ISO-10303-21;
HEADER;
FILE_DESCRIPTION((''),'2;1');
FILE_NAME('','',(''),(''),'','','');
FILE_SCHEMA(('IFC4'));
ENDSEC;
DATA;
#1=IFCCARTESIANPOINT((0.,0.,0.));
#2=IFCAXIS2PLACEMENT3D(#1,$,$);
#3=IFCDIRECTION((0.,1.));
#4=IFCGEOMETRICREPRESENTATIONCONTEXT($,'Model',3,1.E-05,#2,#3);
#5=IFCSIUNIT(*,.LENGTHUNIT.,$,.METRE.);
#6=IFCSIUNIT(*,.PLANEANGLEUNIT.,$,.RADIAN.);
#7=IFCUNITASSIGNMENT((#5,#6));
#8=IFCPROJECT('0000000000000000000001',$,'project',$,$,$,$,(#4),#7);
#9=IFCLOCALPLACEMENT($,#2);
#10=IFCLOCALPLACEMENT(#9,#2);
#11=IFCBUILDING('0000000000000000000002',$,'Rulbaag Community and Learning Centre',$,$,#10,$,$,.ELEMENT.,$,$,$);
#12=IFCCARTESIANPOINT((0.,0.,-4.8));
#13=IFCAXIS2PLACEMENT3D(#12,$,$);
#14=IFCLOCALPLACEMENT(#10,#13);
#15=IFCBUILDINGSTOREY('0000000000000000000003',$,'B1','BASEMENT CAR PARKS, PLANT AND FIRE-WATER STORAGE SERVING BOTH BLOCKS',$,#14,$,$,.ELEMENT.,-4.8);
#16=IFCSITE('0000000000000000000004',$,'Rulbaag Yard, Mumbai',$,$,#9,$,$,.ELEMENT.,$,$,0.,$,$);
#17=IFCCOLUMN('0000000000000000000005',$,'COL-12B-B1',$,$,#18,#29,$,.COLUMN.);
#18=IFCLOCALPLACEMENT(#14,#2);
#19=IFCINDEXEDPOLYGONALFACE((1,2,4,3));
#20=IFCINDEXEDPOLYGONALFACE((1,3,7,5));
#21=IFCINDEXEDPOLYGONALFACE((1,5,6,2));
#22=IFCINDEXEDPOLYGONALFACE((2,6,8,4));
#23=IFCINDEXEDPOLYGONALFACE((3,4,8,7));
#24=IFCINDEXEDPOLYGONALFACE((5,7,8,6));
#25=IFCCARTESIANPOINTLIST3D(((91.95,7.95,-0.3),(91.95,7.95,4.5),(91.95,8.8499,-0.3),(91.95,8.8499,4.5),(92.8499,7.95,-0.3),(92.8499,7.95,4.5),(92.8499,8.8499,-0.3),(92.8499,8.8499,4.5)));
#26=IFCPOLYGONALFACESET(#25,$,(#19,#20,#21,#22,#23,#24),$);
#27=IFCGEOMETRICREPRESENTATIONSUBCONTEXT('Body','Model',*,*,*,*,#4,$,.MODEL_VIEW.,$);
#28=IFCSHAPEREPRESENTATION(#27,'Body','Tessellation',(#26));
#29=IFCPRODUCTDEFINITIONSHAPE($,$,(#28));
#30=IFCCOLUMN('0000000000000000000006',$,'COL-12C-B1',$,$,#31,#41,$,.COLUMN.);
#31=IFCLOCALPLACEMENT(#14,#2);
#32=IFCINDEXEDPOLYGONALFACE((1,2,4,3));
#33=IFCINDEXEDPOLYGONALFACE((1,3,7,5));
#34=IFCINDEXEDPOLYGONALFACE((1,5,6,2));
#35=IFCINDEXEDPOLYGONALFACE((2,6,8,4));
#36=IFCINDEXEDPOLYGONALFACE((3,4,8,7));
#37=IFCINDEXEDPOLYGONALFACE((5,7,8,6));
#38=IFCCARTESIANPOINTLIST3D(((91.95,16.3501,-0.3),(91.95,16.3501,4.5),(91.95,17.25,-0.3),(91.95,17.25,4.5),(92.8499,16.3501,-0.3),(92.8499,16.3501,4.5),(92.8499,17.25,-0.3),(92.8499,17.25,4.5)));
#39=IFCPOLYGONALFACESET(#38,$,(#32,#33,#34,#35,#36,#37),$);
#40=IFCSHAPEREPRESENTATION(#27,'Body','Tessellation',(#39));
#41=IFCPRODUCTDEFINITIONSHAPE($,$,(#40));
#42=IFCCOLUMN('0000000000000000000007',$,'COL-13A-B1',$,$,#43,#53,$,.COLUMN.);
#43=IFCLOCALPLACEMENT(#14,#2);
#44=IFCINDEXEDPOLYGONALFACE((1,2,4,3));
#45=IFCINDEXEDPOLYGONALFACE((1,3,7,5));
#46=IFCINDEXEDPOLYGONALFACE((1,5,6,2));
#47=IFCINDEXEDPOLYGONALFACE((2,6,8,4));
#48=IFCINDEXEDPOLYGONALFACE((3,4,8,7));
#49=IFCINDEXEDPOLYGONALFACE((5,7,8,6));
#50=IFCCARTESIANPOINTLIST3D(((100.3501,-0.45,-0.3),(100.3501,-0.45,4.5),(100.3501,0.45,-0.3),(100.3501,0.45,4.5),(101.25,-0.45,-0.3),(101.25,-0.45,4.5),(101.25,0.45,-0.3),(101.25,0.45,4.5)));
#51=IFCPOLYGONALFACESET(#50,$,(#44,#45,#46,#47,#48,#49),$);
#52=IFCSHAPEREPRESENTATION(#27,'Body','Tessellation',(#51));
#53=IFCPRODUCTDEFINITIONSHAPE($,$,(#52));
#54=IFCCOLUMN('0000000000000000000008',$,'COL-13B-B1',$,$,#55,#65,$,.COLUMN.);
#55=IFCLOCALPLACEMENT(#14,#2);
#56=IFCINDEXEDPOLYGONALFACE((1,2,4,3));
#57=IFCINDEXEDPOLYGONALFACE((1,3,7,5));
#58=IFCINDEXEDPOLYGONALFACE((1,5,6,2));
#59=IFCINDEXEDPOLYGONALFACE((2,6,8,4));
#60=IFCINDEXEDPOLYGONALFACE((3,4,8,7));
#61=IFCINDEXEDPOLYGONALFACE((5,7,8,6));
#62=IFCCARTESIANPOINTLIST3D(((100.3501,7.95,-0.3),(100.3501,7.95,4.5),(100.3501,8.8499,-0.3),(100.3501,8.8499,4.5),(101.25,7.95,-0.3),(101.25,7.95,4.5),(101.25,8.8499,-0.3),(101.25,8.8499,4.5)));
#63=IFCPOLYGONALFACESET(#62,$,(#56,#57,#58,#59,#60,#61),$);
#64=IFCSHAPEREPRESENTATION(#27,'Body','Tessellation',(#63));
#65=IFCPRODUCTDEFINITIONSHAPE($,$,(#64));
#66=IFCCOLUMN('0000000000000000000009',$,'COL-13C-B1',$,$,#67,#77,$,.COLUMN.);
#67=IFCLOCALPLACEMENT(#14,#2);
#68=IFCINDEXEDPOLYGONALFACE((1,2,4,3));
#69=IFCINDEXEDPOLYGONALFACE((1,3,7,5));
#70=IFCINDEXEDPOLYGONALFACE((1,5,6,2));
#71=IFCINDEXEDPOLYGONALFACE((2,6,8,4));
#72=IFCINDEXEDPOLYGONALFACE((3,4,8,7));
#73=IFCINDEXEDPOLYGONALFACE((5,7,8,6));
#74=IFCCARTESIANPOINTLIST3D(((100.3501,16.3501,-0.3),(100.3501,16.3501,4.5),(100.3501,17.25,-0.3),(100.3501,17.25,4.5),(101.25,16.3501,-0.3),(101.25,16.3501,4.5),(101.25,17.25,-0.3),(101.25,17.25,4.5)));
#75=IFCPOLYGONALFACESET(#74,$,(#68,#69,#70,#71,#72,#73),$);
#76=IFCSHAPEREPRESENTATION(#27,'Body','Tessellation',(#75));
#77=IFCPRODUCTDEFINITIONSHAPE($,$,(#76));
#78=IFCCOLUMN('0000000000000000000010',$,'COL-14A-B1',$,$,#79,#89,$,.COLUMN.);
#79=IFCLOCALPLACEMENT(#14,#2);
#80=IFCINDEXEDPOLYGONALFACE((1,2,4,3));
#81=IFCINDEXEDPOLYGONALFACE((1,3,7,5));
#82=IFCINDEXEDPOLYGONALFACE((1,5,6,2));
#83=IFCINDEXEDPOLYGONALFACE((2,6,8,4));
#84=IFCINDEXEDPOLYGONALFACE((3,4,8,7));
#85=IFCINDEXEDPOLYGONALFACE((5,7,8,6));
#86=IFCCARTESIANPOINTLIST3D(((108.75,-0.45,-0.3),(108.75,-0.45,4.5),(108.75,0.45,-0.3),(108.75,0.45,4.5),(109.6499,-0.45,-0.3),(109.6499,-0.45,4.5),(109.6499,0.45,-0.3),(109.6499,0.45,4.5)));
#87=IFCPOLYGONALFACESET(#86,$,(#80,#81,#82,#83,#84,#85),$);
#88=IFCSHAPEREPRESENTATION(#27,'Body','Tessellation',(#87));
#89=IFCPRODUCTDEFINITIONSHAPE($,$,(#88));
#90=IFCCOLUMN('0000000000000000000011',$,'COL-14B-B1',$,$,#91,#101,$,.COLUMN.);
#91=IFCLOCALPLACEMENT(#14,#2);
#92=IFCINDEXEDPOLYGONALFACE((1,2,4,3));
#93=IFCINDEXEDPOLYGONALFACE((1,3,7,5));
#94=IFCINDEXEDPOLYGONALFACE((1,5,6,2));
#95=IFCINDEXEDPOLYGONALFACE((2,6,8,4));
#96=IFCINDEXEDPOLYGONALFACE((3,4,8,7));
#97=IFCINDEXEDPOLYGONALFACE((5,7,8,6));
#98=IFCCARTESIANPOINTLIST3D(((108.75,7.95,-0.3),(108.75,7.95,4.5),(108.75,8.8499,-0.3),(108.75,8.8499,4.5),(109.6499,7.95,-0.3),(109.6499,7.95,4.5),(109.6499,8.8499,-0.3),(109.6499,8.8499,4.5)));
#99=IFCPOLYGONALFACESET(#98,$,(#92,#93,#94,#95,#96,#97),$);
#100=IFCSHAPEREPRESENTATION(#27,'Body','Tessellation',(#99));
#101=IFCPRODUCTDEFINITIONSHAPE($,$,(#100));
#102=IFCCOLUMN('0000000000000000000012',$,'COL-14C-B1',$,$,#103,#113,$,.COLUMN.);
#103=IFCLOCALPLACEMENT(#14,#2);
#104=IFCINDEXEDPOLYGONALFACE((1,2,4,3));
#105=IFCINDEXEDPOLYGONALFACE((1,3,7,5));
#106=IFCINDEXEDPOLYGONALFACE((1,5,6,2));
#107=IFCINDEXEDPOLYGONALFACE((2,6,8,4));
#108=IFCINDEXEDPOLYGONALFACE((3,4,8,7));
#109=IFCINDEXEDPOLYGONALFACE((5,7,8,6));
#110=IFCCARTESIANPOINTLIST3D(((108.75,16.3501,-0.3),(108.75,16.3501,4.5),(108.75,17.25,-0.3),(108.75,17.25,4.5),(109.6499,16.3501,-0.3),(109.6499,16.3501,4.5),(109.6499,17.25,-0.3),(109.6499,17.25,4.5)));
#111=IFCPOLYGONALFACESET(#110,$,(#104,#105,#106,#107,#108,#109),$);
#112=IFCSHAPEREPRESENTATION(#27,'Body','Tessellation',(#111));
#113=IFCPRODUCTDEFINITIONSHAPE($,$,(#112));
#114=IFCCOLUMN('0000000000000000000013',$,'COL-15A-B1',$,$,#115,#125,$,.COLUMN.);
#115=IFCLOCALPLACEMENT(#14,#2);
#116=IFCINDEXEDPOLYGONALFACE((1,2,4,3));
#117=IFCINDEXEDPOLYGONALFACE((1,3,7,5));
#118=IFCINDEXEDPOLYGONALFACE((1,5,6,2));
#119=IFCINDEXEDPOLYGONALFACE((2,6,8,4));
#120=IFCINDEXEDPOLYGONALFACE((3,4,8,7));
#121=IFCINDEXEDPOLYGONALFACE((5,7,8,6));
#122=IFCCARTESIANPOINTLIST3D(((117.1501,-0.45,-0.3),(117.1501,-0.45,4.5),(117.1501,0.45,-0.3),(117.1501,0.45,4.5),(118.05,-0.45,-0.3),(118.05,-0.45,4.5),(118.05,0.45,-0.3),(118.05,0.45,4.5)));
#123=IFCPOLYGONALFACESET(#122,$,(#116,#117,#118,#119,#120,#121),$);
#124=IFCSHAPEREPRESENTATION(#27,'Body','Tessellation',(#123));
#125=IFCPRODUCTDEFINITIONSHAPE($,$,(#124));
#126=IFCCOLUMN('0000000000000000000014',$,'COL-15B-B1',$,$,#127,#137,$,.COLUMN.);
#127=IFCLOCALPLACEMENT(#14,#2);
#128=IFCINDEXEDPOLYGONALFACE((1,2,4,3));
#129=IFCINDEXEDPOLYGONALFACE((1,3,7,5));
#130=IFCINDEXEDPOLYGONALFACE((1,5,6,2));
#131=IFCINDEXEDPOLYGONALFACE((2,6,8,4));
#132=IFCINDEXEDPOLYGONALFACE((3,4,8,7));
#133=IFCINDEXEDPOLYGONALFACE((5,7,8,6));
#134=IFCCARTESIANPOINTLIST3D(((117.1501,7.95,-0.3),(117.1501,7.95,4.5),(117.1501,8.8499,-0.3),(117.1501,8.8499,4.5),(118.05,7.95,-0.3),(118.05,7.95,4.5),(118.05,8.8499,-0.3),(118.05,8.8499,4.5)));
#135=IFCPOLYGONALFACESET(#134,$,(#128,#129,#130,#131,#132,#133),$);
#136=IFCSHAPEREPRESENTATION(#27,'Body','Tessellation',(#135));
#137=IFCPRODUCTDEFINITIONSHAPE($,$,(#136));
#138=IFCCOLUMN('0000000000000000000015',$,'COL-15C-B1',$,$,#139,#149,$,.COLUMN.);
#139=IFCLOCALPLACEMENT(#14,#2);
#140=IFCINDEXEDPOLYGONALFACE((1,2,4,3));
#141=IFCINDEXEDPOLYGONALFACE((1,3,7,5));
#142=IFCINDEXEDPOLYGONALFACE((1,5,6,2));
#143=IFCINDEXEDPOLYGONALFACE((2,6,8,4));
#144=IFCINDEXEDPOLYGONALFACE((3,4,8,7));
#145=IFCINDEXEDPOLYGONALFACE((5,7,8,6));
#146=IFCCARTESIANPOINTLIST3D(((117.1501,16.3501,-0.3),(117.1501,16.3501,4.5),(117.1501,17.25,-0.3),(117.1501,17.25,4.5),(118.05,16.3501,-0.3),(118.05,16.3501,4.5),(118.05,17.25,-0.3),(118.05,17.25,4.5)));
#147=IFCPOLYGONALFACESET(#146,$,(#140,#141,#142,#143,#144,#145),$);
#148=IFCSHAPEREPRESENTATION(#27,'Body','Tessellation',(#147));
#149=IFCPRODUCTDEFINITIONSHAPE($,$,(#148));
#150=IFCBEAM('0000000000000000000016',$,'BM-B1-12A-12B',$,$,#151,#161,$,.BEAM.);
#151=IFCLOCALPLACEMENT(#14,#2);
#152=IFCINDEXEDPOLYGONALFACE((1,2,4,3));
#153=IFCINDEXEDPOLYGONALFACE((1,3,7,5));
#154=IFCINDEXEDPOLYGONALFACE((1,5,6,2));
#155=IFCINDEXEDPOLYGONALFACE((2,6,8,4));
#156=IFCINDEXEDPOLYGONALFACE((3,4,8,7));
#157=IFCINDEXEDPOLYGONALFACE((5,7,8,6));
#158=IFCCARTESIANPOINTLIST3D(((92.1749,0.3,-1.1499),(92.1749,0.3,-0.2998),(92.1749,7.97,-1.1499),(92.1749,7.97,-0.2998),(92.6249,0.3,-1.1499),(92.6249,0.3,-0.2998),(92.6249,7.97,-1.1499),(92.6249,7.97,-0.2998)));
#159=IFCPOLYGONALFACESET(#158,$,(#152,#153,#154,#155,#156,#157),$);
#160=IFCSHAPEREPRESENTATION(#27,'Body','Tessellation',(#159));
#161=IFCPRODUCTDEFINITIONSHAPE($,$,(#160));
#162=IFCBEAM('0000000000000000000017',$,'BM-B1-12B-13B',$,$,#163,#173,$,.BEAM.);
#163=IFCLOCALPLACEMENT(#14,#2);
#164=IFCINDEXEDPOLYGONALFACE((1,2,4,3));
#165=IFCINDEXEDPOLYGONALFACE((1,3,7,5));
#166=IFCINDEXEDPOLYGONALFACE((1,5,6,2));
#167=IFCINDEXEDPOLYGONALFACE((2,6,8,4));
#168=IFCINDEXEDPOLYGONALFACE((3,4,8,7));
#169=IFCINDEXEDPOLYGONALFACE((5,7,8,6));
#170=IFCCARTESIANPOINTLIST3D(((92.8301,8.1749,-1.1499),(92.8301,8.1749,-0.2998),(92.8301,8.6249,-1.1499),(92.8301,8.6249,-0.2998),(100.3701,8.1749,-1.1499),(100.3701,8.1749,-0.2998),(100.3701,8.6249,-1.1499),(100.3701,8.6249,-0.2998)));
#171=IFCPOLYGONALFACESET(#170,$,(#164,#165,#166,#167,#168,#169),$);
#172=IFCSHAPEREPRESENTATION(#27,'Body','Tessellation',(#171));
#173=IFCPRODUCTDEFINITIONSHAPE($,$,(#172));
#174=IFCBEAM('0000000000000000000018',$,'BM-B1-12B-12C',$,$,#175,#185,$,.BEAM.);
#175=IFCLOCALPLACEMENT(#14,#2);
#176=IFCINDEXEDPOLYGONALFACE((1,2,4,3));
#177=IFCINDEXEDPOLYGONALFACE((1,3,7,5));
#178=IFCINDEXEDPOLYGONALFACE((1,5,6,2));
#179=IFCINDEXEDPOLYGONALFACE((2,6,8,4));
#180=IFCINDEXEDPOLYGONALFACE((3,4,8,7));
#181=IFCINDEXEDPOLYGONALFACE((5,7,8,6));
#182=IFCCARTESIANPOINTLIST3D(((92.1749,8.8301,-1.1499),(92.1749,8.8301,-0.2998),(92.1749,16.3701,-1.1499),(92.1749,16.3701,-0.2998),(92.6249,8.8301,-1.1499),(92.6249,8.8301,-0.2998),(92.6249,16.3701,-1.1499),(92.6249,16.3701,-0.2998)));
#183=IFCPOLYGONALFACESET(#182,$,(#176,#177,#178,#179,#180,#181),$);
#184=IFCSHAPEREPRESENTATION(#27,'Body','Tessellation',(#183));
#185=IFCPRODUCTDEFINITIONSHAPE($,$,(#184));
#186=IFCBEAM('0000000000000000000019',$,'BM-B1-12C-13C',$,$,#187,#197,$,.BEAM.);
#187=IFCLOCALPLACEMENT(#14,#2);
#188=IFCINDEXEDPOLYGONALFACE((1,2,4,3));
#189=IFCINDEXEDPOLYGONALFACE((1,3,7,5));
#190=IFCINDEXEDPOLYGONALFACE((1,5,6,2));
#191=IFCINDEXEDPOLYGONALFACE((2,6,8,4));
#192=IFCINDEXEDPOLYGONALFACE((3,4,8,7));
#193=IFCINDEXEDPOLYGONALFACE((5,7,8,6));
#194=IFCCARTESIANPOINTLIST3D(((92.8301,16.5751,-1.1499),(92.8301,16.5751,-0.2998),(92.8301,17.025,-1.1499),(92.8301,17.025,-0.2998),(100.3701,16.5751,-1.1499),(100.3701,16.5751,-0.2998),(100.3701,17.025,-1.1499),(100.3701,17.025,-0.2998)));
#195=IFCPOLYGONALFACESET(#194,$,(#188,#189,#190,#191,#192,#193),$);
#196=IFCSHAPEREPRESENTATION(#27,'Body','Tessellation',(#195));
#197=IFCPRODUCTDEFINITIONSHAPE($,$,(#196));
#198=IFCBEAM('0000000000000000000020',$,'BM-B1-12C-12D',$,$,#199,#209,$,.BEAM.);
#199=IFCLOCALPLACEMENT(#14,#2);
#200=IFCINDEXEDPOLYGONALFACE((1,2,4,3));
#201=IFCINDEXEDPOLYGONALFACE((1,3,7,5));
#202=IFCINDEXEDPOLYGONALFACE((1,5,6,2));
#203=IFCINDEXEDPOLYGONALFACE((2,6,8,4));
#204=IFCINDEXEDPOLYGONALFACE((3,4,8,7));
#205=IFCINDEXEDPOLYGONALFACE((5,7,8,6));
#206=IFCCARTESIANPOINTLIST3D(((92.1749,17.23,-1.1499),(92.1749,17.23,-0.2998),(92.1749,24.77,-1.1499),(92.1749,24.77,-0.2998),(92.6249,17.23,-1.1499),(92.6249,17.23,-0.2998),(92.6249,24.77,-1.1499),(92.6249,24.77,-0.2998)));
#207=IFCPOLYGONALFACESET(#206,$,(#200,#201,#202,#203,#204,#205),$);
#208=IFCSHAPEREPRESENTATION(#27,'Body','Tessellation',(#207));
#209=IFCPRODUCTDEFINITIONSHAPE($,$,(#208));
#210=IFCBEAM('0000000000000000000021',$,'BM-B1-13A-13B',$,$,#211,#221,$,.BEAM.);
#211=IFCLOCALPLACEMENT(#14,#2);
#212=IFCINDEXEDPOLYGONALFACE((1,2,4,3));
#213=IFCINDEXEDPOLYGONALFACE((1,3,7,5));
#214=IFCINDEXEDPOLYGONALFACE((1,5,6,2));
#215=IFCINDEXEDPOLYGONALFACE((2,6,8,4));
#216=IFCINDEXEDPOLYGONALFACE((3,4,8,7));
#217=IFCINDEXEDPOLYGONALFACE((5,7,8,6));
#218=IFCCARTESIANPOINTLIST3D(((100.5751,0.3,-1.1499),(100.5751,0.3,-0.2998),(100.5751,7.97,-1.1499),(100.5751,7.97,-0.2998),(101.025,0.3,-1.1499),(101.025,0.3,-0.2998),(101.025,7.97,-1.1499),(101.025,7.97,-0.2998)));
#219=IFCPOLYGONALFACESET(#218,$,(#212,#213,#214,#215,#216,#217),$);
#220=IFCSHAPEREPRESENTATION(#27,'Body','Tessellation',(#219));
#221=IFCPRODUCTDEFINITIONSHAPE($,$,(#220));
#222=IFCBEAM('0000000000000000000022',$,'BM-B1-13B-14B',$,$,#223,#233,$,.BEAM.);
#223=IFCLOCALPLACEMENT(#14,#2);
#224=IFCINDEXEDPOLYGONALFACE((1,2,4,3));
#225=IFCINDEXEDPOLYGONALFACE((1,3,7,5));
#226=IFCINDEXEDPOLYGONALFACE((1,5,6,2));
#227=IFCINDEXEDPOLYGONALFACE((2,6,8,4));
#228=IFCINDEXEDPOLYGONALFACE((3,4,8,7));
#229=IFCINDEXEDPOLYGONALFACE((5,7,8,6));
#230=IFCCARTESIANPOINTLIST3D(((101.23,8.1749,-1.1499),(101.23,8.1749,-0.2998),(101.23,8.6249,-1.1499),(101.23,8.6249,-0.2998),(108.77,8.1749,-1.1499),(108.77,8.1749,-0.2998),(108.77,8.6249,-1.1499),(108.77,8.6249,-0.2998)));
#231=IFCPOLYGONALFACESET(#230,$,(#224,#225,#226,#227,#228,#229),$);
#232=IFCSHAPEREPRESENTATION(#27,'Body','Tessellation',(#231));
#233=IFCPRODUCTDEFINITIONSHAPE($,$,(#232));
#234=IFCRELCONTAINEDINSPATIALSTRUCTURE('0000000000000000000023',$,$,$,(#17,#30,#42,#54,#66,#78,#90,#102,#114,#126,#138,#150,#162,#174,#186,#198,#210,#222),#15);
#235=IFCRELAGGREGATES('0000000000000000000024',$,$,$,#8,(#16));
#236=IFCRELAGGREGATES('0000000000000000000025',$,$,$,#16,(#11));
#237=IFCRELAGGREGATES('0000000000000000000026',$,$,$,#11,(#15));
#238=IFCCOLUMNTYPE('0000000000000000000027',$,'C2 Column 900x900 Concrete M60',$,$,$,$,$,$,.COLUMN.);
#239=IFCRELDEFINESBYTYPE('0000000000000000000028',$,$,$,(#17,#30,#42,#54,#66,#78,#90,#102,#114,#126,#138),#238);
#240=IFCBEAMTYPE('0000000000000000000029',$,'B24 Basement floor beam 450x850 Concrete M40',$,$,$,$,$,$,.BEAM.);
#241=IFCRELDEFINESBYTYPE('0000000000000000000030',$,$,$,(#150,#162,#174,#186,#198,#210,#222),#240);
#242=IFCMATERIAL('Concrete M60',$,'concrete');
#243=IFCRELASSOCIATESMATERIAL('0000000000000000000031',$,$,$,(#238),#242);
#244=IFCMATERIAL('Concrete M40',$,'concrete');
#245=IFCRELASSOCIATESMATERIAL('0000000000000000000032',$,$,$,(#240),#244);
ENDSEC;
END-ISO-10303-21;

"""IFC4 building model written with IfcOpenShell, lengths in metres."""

from ifc_helpers import new_model, si_unit, direction, frame, origin, origin_2d, place, context, subcontext, project, spatial, rectangle, extrude, material, material_profile, profile_set, type_object, element, save


model = new_model("IFC4")

# Units and contexts
model_context = context("Model", 3, precision=1e-05, world=origin(), true_north=direction((0.0, 1.0)))
body_context = subcontext(model_context, "Body", "Model", "MODEL_VIEW")
ifc_project = project(units=[si_unit("LENGTHUNIT", "METRE"), si_unit("PLANEANGLEUNIT", "RADIAN")], contexts=[model_context])

# Site, building, storey
site_placement = place(None, origin())
site = spatial("IfcSite", under=ifc_project, at=site_placement, Name="Rulbaag Yard, Mumbai", CompositionType="ELEMENT", RefElevation=0.0)
building_placement = place(site_placement, origin())
building = spatial("IfcBuilding", under=site, at=building_placement, Name="Rulbaag Community and Learning Centre", CompositionType="ELEMENT")
storey_placement = place(building_placement, frame((0.0, 0.0, -4.8)))
storey = spatial("IfcBuildingStorey", under=building, at=storey_placement, Name="B1", Description="BASEMENT CAR PARKS, PLANT AND FIRE-WATER STORAGE SERVING BOTH BLOCKS", CompositionType="ELEMENT", Elevation=-4.8)

# Columns
ifc_material_1 = material(Name="Concrete M60", Category="concrete")
ifc_material_profile_1 = material_profile(ifc_material_1, rectangle(XDim=0.8999, YDim=0.8999, at=origin_2d()), Name="RC900x900")
ifc_profile_set_1 = profile_set([ifc_material_profile_1], Name="Concrete M60")
column_type = type_object("IfcColumnType", Name="C2 Column 900x900 Concrete M60", PredefinedType="COLUMN", material=ifc_profile_set_1)
for number, where, z_axis, x_axis, name in (
    (1, (92.3999, 8.3999, -0.3), (0.0, 0.0, 1.0), (1.0, 0.0, 0.0), "COL-12B-B1"),
    (2, (92.3999, 16.8, -0.3), (0.0, 0.0, 1.0), (1.0, 0.0, 0.0), "COL-12C-B1"),
    (3, (100.8, 0.0, -0.3), (0.0, 0.0, 1.0), (1.0, 0.0, 0.0), "COL-13A-B1"),
    (4, (100.8, 8.3999, -0.3), (0.0, 0.0, 1.0), (1.0, 0.0, 0.0), "COL-13B-B1"),
    (5, (100.8, 16.8, -0.3), (0.0, 0.0, 1.0), (1.0, 0.0, 0.0), "COL-13C-B1"),
    (6, (109.2, 0.0, -0.3), (0.0, 0.0, 1.0), (1.0, 0.0, 0.0), "COL-14A-B1"),
    (7, (109.2, 8.3999, -0.3), (0.0, 0.0, 1.0), (1.0, 0.0, 0.0), "COL-14B-B1"),
    (8, (109.2, 16.8, -0.3), (0.0, 0.0, 1.0), (1.0, 0.0, 0.0), "COL-14C-B1"),
    (9, (117.6001, 0.0, -0.3), (0.0, 0.0, 1.0), (1.0, 0.0, 0.0), "COL-15A-B1"),
    (10, (117.6001, 8.3999, -0.3), (0.0, 0.0, 1.0), (1.0, 0.0, 0.0), "COL-15B-B1"),
    (11, (117.6001, 16.8, -0.3), (0.0, 0.0, 1.0), (1.0, 0.0, 0.0), "COL-15C-B1"),
):
    element("IfcColumn", number, at=place(storey_placement, frame(where, z_axis=z_axis, x_axis=x_axis)), inside=storey, type_object=column_type, Name=name, PredefinedType="COLUMN", context=body_context, shape_type="SweptSolid", body=[
        extrude(rectangle(XDim=0.8999, YDim=0.8999, at=origin_2d()), origin(), (0.0, 0.0, 1.0), 4.8),
    ])

# Beams
ifc_material_2 = material(Name="Concrete M40", Category="concrete")
ifc_material_profile_2 = material_profile(ifc_material_2, rectangle(XDim=0.45, YDim=0.8501, at=origin_2d()), Name="RB450x850")
ifc_profile_set_2 = profile_set([ifc_material_profile_2], Name="Concrete M40")
beam_type = type_object("IfcBeamType", Name="B24 Basement floor beam 450x850 Concrete M40", PredefinedType="BEAM", material=ifc_profile_set_2)
beam_1_placement = place(storey_placement, frame((92.3999, 0.3, -0.7249), z_axis=(0.0, 1.0, 0.0), x_axis=(-1.0, 0.0, 0.0)))
element("IfcBeam", 12, at=beam_1_placement, inside=storey, type_object=beam_type, Name="BM-B1-12A-12B", PredefinedType="BEAM", context=body_context, shape_type="SweptSolid", body=[
    extrude(rectangle(XDim=0.45, YDim=0.8501, at=origin_2d()), origin(), (0.0, 0.0, 1.0), 7.6699),
])
for number, where, z_axis, x_axis, name in (
    (13, (92.8301, 8.3999, -0.7249), (1.0, 0.0, 0.0), (0.0, 1.0, 0.0), "BM-B1-12B-13B"),
    (14, (92.3999, 8.8301, -0.7249), (0.0, 1.0, 0.0), (-1.0, 0.0, 0.0), "BM-B1-12B-12C"),
    (15, (92.8301, 16.8, -0.7249), (1.0, 0.0, 0.0), (0.0, 1.0, 0.0), "BM-B1-12C-13C"),
    (16, (92.3999, 17.23, -0.7249), (0.0, 1.0, 0.0), (-1.0, 0.0, 0.0), "BM-B1-12C-12D"),
):
    element("IfcBeam", number, at=place(storey_placement, frame(where, z_axis=z_axis, x_axis=x_axis)), inside=storey, type_object=beam_type, Name=name, PredefinedType="BEAM", context=body_context, shape_type="SweptSolid", body=[
        extrude(rectangle(XDim=0.45, YDim=0.8501, at=origin_2d()), origin(), (0.0, 0.0, 1.0), 7.54),
    ])
beam_2_placement = place(storey_placement, frame((100.8, 0.3, -0.7249), z_axis=(0.0, 1.0, 0.0), x_axis=(-1.0, 0.0, 0.0)))
element("IfcBeam", 17, at=beam_2_placement, inside=storey, type_object=beam_type, Name="BM-B1-13A-13B", PredefinedType="BEAM", context=body_context, shape_type="SweptSolid", body=[
    extrude(rectangle(XDim=0.45, YDim=0.8501, at=origin_2d()), origin(), (0.0, 0.0, 1.0), 7.6699),
])
for number, where, z_axis, x_axis, name in (
    (18, (101.23, 8.3999, -0.7249), (1.0, 0.0, 0.0), (0.0, 1.0, 0.0), "BM-B1-13B-14B"),
):
    element("IfcBeam", number, at=place(storey_placement, frame(where, z_axis=z_axis, x_axis=x_axis)), inside=storey, type_object=beam_type, Name=name, PredefinedType="BEAM", context=body_context, shape_type="SweptSolid", body=[
        extrude(rectangle(XDim=0.45, YDim=0.8501, at=origin_2d()), origin(), (0.0, 0.0, 1.0), 7.54),
    ])

save(model, "model.ifc")
